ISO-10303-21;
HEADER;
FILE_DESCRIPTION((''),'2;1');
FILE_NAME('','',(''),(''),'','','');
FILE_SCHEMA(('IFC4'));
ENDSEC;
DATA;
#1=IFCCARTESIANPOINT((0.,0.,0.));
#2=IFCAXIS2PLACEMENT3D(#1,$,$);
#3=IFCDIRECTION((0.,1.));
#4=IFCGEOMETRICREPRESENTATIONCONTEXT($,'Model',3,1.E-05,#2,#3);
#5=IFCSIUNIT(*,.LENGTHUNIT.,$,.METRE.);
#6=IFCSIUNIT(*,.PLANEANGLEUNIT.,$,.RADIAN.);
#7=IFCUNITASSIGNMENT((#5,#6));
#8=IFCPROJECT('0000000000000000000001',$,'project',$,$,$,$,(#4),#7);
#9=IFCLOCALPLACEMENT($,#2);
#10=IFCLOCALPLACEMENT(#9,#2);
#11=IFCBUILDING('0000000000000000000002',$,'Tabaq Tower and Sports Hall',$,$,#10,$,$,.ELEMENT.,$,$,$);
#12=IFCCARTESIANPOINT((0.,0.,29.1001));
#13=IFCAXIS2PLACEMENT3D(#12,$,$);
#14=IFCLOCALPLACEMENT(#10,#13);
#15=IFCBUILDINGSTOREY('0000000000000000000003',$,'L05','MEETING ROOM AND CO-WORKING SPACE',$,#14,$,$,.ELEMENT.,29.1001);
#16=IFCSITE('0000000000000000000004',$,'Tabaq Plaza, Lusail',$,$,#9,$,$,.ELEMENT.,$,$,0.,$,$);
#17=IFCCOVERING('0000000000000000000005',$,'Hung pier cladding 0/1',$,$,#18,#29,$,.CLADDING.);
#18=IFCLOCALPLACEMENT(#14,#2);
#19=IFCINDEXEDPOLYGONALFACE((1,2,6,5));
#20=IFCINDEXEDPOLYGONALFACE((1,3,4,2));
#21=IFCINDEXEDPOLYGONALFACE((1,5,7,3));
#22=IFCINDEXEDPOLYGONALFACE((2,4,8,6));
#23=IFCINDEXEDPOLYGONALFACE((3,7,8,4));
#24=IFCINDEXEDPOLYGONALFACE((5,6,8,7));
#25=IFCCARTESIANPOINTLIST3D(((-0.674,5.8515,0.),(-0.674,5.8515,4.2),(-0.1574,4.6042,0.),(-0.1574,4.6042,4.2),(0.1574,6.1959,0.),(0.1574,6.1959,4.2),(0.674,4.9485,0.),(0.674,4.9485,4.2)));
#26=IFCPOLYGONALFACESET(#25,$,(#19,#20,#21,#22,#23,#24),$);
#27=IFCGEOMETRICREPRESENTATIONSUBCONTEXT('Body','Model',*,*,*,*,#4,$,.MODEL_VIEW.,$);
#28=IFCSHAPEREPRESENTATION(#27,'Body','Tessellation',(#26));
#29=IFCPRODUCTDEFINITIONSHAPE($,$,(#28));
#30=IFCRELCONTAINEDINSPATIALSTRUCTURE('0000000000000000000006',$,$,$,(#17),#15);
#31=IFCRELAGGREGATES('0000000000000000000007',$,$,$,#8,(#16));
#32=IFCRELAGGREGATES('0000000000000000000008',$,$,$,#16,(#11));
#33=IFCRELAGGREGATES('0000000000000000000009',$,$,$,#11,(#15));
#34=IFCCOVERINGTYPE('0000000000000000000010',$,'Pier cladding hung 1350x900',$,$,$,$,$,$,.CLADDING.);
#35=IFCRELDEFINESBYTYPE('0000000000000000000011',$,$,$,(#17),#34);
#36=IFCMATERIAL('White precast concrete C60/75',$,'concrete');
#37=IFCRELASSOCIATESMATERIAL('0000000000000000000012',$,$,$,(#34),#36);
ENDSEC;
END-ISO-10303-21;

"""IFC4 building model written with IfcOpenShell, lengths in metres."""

from ifc_helpers import new_model, si_unit, direction, frame, frame_2d, origin, place, context, subcontext, project, spatial, rectangle, extrude, material, type_object, element, save


model = new_model("IFC4")

# Units and contexts
model_context = context("Model", 3, precision=1e-05, world=origin(), true_north=direction((0.0, 1.0)))
body_context = subcontext(model_context, "Body", "Model", "MODEL_VIEW")
ifc_project = project(units=[si_unit("LENGTHUNIT", "METRE"), si_unit("PLANEANGLEUNIT", "RADIAN")], contexts=[model_context])

# Site, building, storey
site_placement = place(None, origin())
site = spatial("IfcSite", under=ifc_project, at=site_placement, Name="Tabaq Plaza, Lusail", CompositionType="ELEMENT", RefElevation=0.0)
building_placement = place(site_placement, origin())
building = spatial("IfcBuilding", under=site, at=building_placement, Name="Tabaq Tower and Sports Hall", CompositionType="ELEMENT")
storey_placement = place(building_placement, frame((0.0, 0.0, 29.1001)))
storey = spatial("IfcBuildingStorey", under=building, at=storey_placement, Name="L05", Description="MEETING ROOM AND CO-WORKING SPACE", CompositionType="ELEMENT", Elevation=29.1001)

# Covering
ifc_material_1 = material(Name="White precast concrete C60/75", Category="concrete")
covering_type_1 = type_object("IfcCoveringType", Name="Pier cladding hung 1350x900", PredefinedType="CLADDING", material=ifc_material_1)
covering_1_placement = place(storey_placement, frame((-0.2583, 6.0237, 0.0), z_axis=(0.0, 0.0, 1.0), x_axis=(0.38265, -0.923893, 0.0)))
element("IfcCovering", 1, at=covering_1_placement, inside=storey, type_object=covering_type_1, Name="Hung pier cladding 0/1", PredefinedType="CLADDING", context=body_context, shape_type="SweptSolid", body=[
    extrude(rectangle(XDim=1.3501, YDim=0.8999, at=frame_2d((0.675, 0.0))), origin(), (0.0, 0.0, 1.0), 4.2),
])

save(model, "model.ifc")
